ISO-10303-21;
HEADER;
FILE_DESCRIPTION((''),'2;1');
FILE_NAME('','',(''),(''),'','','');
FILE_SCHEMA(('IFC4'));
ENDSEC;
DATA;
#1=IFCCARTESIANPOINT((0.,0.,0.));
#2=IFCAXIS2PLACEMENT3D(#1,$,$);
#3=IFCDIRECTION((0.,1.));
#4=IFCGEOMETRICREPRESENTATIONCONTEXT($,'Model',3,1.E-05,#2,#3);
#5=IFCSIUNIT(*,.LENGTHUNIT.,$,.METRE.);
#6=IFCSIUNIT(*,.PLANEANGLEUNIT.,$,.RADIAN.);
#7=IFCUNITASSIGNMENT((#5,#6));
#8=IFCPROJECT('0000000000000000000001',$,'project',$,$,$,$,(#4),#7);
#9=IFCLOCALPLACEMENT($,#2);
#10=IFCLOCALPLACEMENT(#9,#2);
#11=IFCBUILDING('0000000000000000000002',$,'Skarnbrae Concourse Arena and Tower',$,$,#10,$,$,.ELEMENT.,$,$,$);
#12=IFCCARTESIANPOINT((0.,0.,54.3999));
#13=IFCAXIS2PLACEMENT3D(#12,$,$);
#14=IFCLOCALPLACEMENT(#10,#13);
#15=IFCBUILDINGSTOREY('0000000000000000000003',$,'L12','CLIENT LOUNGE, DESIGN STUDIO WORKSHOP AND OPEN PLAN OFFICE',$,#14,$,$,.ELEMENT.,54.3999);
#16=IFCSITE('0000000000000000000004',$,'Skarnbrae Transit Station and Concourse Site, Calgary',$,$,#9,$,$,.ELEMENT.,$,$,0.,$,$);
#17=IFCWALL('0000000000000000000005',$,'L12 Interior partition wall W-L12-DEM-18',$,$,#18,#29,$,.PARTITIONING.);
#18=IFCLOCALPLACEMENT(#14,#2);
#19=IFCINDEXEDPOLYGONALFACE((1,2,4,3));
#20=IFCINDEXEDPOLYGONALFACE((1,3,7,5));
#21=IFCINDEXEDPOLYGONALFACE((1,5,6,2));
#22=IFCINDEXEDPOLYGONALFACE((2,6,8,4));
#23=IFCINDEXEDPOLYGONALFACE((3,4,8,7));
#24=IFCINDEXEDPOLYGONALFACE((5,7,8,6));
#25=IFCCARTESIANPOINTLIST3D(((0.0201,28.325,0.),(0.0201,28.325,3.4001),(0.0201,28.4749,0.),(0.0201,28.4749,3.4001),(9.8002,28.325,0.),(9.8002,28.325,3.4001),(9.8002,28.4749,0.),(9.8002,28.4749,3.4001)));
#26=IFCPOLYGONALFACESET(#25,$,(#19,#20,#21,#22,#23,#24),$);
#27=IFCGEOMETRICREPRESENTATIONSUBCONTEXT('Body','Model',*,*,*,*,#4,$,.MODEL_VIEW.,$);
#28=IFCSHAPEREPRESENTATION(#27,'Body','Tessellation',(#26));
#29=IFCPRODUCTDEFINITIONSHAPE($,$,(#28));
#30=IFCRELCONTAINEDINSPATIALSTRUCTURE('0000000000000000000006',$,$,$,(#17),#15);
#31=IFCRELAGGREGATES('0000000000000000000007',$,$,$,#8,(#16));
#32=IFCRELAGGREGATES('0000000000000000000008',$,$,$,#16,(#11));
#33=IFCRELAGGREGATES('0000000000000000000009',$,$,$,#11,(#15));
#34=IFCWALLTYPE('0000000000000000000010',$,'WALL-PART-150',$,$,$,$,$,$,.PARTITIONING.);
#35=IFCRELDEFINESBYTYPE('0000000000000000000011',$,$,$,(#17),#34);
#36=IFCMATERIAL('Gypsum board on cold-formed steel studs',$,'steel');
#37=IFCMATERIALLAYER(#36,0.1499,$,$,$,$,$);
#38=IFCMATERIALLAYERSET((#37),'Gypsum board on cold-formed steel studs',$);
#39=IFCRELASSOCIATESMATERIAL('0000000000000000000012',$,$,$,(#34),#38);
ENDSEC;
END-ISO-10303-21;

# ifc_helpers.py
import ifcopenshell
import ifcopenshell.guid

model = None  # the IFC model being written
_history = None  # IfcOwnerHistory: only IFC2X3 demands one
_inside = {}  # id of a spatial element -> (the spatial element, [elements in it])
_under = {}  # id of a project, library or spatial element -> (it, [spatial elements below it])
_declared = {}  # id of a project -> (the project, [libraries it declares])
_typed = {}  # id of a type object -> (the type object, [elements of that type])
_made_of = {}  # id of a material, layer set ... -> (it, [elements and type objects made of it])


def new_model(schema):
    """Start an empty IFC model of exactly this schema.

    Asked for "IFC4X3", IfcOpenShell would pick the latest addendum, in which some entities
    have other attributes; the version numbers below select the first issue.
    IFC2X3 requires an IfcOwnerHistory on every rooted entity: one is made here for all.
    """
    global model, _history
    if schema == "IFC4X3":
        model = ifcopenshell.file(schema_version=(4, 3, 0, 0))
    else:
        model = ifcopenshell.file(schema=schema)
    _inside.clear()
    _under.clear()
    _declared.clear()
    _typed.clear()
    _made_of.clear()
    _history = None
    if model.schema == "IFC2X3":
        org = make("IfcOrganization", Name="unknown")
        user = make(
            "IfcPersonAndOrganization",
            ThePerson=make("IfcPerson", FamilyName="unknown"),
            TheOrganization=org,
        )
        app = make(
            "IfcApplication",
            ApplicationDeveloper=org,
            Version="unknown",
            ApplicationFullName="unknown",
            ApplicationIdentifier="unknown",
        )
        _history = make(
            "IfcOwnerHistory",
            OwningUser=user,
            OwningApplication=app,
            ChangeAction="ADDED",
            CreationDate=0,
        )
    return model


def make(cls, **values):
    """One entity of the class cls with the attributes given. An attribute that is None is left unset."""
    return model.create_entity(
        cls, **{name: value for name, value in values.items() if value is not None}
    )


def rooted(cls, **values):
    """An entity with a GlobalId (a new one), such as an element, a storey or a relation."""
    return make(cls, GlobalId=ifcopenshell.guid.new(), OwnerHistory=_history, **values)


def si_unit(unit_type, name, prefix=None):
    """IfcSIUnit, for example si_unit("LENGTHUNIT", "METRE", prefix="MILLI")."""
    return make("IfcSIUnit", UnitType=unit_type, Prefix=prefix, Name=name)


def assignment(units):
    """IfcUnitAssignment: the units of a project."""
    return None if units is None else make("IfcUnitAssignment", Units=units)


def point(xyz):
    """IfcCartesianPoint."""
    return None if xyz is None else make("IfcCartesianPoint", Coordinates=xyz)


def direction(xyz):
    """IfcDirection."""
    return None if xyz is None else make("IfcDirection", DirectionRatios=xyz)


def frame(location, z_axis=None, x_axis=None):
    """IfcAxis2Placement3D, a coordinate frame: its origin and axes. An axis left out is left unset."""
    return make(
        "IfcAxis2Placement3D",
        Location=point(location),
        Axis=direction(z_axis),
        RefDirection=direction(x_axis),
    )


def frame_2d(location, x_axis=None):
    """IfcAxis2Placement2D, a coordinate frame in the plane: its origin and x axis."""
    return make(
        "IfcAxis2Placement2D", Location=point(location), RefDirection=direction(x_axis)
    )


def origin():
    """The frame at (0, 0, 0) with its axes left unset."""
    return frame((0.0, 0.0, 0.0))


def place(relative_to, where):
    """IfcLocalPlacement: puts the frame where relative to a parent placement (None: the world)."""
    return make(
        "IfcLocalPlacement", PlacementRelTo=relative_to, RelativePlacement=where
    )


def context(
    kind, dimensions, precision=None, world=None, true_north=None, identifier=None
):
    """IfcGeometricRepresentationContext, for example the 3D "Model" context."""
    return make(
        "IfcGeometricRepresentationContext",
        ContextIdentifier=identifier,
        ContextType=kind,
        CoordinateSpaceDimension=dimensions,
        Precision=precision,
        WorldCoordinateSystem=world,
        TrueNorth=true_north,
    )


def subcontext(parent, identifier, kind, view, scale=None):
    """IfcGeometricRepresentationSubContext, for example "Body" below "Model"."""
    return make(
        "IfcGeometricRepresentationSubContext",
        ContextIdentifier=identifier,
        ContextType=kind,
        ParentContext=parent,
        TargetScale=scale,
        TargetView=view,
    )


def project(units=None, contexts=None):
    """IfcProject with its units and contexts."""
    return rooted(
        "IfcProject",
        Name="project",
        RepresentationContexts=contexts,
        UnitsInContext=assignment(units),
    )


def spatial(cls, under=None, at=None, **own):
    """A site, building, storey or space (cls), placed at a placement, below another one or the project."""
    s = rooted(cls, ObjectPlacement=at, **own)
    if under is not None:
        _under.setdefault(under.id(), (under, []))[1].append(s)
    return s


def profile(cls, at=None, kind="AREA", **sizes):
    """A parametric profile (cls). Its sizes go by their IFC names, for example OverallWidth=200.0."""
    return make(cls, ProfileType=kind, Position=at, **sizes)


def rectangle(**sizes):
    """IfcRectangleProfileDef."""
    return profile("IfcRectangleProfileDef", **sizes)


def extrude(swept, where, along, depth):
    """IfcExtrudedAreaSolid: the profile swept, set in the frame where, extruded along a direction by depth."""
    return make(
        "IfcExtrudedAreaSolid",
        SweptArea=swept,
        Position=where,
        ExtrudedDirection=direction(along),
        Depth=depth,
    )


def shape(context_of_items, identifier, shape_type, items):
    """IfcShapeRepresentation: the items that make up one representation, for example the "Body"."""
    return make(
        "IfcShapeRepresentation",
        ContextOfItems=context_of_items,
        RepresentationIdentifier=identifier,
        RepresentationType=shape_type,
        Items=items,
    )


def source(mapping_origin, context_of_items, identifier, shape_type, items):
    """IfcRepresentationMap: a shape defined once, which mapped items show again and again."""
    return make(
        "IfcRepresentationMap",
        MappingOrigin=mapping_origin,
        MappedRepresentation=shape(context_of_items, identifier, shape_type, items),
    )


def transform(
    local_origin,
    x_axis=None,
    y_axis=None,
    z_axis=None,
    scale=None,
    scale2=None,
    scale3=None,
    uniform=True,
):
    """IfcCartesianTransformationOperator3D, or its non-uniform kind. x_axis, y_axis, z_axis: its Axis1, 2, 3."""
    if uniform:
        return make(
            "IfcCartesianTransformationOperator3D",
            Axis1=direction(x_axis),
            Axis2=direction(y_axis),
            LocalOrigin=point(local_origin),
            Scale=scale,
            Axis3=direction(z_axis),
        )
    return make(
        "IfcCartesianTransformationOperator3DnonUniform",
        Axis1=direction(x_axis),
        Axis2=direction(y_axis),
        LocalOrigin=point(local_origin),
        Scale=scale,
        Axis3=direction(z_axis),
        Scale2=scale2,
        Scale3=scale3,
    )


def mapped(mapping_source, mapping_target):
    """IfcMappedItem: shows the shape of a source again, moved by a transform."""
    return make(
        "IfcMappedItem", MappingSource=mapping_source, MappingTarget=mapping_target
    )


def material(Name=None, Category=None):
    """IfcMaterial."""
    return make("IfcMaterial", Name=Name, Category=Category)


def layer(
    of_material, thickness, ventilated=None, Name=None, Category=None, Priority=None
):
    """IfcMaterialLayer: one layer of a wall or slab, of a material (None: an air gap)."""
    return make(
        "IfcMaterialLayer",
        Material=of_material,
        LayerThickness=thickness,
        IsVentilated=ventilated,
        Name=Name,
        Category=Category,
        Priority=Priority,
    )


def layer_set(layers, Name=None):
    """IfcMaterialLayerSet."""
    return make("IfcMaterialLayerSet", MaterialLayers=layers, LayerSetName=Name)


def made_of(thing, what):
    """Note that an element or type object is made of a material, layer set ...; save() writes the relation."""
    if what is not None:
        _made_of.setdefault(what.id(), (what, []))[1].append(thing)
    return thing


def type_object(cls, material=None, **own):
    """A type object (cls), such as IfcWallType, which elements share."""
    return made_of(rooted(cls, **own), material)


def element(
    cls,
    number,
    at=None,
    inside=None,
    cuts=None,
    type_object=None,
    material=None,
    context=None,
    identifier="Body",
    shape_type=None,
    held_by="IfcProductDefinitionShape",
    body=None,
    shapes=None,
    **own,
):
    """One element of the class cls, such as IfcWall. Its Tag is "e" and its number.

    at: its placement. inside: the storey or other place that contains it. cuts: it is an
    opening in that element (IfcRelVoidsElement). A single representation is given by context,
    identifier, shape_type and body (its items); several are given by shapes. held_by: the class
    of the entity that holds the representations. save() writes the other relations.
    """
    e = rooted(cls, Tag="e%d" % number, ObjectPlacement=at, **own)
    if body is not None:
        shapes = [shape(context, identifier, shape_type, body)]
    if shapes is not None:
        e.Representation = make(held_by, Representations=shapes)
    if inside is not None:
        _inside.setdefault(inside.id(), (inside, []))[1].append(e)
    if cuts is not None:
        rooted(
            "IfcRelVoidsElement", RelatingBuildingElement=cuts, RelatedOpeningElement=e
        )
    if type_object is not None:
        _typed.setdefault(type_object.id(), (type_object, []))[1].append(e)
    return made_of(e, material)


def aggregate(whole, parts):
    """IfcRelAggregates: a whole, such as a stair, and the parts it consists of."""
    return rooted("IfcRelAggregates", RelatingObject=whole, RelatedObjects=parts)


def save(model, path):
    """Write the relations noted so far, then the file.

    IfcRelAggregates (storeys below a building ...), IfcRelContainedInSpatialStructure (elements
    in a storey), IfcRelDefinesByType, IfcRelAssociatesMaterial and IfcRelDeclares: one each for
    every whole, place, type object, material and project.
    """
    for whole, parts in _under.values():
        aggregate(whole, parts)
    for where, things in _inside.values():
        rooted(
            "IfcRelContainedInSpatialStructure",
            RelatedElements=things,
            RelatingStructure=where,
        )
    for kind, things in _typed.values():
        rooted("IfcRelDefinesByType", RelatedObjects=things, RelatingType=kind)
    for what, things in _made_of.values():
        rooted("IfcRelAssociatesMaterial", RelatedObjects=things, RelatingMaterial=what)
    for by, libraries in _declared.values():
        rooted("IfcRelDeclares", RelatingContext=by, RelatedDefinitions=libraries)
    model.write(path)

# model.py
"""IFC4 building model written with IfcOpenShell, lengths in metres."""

from ifc_helpers import new_model, si_unit, direction, frame, frame_2d, origin, place, context, subcontext, project, spatial, rectangle, extrude, source, transform, mapped, material, layer, layer_set, type_object, element, save


model = new_model("IFC4")

# Units and contexts
model_context = context("Model", 3, precision=1e-05, world=origin(), true_north=direction((0.0, 1.0)))
body_context = subcontext(model_context, "Body", "Model", "MODEL_VIEW")
ifc_project = project(units=[si_unit("LENGTHUNIT", "METRE"), si_unit("PLANEANGLEUNIT", "RADIAN")], contexts=[model_context])

# Site, building, storey
site_placement = place(None, origin())
site = spatial("IfcSite", under=ifc_project, at=site_placement, Name="Skarnbrae Transit Station and Concourse Site, Calgary", CompositionType="ELEMENT", RefElevation=0.0)
building_placement = place(site_placement, origin())
building = spatial("IfcBuilding", under=site, at=building_placement, Name="Skarnbrae Concourse Arena and Tower", CompositionType="ELEMENT")
storey_placement = place(building_placement, frame((0.0, 0.0, 54.3999)))
storey = spatial("IfcBuildingStorey", under=building, at=storey_placement, Name="L12", Description="CLIENT LOUNGE, DESIGN STUDIO WORKSHOP AND OPEN PLAN OFFICE", CompositionType="ELEMENT", Elevation=54.3999)

# Shared definitions
ifc_material_1 = material(Name="Gypsum board on cold-formed steel studs", Category="steel")

# Wall
ifc_layer_1 = layer(ifc_material_1, 0.1499)
ifc_layer_set_1 = layer_set([ifc_layer_1], Name="Gypsum board on cold-formed steel studs")
wall_type_1 = type_object("IfcWallType", Name="WALL-PART-150", PredefinedType="PARTITIONING", material=ifc_layer_set_1)
shared_shape_1 = source(origin(), body_context, "Body", "SweptSolid", [
    extrude(rectangle(XDim=9.78, YDim=0.1499, at=frame_2d((4.8901, 0.0))), origin(), (0.0, 0.0, 1.0), 3.4001),
])
wall_1_placement = place(storey_placement, frame((0.02, 28.3999, 0.0), z_axis=(0.0, 0.0, 1.0), x_axis=(1.0, 0.0, 0.0)))
element("IfcWall", 1, at=wall_1_placement, inside=storey, type_object=wall_type_1, Name="L12 Interior partition wall W-L12-DEM-18", PredefinedType="PARTITIONING", context=body_context, shape_type="MappedRepresentation", body=[
    mapped(shared_shape_1, transform((0.0, 0.0, 0.0))),
])

save(model, "model.ifc")
